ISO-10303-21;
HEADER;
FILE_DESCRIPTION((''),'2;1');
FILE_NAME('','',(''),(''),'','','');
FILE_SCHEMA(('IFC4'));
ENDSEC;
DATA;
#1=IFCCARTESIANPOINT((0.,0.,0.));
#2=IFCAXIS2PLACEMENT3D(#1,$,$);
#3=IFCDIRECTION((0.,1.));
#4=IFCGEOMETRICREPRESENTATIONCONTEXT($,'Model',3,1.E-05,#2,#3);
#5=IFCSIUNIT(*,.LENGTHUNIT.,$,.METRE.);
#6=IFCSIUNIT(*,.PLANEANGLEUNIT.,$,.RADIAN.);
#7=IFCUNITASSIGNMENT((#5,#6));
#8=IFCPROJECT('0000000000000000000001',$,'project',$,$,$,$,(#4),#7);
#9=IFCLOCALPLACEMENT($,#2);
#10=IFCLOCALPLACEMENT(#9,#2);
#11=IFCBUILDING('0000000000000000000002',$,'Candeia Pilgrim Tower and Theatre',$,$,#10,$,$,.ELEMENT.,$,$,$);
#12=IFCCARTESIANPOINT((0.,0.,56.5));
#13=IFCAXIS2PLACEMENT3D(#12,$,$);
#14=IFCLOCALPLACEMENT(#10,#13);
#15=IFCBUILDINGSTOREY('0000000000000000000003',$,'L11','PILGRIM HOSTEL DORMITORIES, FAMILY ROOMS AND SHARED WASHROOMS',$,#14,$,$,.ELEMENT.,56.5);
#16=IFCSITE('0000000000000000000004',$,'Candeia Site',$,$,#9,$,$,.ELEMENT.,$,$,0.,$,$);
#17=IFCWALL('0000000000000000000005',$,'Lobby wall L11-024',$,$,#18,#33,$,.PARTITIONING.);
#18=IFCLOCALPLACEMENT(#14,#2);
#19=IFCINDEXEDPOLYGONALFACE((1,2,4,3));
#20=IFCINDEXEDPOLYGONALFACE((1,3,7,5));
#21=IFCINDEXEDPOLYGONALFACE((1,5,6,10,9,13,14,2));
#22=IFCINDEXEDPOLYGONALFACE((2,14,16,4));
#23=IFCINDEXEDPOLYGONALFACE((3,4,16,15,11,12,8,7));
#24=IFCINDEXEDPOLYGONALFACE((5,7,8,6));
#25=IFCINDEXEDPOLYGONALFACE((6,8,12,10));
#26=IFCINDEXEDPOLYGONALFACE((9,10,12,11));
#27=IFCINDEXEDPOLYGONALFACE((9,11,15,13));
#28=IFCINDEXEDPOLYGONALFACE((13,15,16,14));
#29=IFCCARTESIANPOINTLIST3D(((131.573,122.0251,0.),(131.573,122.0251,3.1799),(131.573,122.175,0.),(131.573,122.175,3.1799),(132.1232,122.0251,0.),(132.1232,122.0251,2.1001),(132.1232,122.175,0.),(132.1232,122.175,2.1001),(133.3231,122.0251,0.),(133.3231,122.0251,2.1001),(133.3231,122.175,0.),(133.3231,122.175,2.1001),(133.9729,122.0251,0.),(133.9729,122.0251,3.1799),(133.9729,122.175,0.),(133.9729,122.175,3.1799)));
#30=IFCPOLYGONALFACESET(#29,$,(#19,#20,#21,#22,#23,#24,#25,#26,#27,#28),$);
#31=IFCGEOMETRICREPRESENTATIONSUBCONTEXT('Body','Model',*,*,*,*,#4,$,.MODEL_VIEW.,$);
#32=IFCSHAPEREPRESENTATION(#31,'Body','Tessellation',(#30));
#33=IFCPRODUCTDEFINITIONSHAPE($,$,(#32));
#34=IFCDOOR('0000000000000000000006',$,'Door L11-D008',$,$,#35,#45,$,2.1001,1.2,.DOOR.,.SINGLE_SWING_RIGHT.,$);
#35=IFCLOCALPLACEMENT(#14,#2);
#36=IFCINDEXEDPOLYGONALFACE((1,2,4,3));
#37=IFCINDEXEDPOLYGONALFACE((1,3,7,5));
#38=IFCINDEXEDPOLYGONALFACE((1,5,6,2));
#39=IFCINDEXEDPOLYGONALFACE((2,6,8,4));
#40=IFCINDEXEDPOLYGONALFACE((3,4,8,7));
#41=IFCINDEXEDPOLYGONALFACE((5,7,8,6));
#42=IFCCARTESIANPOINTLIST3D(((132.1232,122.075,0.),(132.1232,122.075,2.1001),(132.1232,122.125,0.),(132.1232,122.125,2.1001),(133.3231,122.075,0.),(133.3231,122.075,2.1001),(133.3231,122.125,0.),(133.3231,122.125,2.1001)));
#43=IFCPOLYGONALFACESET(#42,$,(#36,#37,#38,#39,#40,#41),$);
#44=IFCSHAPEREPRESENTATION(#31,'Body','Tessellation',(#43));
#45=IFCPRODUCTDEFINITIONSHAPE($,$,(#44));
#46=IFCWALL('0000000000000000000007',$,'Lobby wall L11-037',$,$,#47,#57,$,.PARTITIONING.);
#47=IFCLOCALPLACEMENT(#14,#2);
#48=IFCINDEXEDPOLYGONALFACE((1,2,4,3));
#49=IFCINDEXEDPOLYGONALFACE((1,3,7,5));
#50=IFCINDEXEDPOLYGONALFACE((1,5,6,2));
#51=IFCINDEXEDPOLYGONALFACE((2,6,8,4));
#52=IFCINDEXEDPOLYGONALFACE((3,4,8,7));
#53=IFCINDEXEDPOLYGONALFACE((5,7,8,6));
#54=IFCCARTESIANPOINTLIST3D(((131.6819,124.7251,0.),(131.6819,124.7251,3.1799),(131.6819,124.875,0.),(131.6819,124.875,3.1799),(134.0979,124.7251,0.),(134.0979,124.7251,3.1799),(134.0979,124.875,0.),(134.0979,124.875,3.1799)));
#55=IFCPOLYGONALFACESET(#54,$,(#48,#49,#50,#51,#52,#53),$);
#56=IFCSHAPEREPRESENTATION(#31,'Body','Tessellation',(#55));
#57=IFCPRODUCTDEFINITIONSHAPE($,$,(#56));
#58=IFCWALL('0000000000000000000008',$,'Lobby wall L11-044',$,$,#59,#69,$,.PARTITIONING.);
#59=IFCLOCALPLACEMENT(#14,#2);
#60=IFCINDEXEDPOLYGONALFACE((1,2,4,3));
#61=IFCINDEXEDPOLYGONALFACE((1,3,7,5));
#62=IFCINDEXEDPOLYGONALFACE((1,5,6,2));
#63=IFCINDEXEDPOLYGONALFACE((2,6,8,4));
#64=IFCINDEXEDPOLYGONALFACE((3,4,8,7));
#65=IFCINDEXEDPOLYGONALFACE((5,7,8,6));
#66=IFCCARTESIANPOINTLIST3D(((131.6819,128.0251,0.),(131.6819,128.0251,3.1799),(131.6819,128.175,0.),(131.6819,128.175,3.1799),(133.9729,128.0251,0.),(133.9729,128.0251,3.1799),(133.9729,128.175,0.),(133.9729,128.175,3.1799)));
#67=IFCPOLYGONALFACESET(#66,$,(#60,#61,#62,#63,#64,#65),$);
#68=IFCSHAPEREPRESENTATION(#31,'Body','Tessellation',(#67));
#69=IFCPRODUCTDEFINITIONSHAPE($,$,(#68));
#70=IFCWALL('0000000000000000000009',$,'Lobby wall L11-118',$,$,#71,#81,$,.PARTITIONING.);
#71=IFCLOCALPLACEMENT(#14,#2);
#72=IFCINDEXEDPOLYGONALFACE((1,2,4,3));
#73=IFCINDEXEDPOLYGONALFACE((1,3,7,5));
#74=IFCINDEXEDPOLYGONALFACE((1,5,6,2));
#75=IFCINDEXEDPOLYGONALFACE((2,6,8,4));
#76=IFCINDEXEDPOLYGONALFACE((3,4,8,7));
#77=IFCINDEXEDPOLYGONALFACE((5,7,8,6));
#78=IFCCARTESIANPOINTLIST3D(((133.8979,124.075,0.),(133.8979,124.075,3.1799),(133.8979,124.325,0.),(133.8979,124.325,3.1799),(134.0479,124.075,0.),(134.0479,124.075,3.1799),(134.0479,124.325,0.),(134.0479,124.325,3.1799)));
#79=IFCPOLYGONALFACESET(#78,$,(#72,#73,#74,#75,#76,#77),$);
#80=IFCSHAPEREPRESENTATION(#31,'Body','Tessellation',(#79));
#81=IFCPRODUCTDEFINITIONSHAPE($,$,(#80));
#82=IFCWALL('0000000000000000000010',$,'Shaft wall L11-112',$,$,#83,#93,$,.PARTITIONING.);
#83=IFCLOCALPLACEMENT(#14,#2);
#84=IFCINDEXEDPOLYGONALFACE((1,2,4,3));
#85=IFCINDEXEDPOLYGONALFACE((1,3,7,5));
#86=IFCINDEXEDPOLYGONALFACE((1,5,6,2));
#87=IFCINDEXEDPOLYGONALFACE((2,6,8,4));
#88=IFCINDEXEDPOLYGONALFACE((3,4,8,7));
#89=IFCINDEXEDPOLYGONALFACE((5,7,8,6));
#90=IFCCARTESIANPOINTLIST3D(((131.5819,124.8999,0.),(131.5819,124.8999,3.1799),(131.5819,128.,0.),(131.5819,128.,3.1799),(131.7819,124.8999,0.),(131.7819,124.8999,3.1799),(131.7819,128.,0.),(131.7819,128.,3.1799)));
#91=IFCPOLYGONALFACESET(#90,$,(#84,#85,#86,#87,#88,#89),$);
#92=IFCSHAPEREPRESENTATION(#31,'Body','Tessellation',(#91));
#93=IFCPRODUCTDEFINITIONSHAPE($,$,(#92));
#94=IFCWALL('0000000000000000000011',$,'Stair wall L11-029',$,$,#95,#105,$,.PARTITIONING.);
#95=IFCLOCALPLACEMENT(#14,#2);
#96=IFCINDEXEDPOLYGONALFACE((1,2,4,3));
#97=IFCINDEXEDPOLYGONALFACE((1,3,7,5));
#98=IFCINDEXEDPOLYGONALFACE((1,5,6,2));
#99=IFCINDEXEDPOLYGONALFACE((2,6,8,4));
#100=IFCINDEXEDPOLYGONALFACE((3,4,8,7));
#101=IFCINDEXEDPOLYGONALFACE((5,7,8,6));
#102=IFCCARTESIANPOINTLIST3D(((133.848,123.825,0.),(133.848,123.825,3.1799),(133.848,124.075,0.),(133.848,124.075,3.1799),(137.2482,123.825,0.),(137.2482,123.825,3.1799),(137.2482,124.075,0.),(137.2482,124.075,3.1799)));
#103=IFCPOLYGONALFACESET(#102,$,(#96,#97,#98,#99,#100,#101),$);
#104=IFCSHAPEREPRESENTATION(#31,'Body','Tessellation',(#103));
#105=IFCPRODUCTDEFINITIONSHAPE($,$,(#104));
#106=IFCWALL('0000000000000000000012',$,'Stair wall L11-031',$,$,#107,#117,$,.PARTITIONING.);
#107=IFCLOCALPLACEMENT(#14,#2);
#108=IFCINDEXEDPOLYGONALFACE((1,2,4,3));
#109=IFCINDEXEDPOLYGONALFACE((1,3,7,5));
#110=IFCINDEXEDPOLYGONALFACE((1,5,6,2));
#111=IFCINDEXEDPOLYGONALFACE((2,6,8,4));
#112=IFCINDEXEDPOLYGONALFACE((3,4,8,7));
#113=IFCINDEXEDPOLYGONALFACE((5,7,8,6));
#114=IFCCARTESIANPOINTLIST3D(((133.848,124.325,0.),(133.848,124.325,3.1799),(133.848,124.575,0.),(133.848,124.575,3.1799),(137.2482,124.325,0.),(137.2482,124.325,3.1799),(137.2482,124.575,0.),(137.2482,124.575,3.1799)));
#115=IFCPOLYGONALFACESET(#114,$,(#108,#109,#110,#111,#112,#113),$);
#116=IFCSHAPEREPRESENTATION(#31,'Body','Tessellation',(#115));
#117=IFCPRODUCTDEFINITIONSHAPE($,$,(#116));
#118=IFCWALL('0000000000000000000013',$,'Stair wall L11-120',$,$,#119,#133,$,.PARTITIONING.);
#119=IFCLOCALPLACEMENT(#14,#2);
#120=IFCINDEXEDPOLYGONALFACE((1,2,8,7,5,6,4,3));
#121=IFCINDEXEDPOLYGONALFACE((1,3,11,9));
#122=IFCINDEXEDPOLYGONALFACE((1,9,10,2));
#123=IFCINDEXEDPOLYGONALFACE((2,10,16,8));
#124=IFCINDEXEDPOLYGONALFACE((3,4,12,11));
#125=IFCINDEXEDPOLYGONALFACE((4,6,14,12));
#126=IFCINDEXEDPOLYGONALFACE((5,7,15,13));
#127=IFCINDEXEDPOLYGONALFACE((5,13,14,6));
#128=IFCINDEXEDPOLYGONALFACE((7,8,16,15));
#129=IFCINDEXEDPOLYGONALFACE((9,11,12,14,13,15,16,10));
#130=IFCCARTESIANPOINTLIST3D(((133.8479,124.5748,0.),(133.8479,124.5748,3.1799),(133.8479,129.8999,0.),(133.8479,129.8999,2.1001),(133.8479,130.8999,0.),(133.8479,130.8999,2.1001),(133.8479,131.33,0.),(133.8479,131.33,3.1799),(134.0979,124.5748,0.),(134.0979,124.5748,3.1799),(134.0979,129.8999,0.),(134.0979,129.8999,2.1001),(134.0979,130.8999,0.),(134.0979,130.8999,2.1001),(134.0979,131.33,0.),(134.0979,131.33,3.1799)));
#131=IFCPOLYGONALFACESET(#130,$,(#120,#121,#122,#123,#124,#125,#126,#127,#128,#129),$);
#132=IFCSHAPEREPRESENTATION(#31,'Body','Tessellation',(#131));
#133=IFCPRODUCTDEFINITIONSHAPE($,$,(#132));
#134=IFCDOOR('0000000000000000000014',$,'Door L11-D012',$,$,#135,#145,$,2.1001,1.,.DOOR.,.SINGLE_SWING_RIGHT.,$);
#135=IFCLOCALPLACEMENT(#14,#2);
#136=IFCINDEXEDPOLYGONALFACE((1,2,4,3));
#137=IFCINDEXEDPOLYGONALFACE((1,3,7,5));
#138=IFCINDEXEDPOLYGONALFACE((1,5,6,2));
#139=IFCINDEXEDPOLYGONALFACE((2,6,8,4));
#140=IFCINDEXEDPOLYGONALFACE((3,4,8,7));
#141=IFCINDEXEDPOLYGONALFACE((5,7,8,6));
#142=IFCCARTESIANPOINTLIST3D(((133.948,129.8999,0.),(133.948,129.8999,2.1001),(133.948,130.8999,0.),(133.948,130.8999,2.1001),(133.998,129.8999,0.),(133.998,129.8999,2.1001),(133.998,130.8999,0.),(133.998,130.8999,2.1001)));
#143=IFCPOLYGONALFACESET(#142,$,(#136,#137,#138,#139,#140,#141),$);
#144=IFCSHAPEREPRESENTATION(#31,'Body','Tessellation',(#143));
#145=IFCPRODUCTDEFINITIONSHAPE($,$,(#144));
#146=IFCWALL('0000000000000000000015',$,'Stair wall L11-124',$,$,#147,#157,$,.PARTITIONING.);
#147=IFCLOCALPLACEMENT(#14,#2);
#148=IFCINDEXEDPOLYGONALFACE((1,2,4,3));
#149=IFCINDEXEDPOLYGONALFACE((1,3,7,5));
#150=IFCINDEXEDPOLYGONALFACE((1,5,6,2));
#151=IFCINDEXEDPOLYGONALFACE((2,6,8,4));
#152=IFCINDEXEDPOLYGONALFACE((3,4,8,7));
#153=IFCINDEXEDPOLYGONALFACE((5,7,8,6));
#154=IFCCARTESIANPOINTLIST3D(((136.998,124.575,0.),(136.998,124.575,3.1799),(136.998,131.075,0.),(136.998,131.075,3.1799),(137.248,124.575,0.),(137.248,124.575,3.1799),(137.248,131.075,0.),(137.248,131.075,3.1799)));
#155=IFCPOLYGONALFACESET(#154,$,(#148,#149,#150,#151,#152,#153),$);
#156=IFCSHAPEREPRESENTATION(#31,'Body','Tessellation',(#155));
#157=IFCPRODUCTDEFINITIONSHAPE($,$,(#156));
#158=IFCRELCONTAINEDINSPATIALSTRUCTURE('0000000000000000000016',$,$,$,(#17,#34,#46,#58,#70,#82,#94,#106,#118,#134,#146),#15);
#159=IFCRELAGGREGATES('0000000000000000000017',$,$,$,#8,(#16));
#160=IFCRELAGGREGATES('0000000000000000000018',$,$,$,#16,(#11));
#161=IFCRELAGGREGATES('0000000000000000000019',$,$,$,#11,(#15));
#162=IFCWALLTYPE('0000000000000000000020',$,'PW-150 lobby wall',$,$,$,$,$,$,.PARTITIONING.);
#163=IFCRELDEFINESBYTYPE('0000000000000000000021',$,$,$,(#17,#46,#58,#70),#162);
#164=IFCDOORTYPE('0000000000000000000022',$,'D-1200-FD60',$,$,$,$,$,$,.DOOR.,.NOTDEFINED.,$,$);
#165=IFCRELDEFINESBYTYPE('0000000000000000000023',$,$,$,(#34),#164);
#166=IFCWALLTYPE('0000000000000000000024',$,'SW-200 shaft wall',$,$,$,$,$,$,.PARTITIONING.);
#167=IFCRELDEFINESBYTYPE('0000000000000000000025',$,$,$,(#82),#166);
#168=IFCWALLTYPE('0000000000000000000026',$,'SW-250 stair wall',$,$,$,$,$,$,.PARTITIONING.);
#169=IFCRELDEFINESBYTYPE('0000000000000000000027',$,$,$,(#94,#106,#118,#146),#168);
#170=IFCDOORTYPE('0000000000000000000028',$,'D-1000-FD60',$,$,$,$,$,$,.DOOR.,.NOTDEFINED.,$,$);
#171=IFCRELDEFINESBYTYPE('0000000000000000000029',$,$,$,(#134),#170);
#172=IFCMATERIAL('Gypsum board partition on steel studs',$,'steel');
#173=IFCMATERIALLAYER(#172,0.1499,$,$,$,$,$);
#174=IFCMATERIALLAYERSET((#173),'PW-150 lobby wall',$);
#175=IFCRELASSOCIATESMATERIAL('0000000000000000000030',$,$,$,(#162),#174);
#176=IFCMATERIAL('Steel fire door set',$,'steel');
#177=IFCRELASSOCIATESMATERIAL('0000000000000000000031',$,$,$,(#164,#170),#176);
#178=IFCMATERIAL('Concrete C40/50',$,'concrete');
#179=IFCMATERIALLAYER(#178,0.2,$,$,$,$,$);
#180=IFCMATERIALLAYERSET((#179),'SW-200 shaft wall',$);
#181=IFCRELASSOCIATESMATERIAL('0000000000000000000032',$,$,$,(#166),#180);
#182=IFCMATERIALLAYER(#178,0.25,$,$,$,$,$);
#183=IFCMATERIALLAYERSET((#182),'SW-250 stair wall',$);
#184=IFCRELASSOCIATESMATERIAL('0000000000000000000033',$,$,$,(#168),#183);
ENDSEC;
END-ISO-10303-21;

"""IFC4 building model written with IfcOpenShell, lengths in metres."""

from ifc_helpers import new_model, si_unit, direction, frame, frame_2d, origin, place, context, subcontext, project, spatial, rectangle, extrude, material, layer, layer_set, type_object, element, fill, save


model = new_model("IFC4")

# Units and contexts
model_context = context("Model", 3, precision=1e-05, world=origin(), true_north=direction((0.0, 1.0)))
body_context = subcontext(model_context, "Body", "Model", "MODEL_VIEW")
ifc_project = project(units=[si_unit("LENGTHUNIT", "METRE"), si_unit("PLANEANGLEUNIT", "RADIAN")], contexts=[model_context])

# Site, building, storey
site_placement = place(None, origin())
site = spatial("IfcSite", under=ifc_project, at=site_placement, Name="Candeia Site", CompositionType="ELEMENT", RefElevation=0.0)
building_placement = place(site_placement, origin())
building = spatial("IfcBuilding", under=site, at=building_placement, Name="Candeia Pilgrim Tower and Theatre", CompositionType="ELEMENT")
storey_placement = place(building_placement, frame((0.0, 0.0, 56.5)))
storey = spatial("IfcBuildingStorey", under=building, at=storey_placement, Name="L11", Description="PILGRIM HOSTEL DORMITORIES, FAMILY ROOMS AND SHARED WASHROOMS", CompositionType="ELEMENT", Elevation=56.5)

# Wall, opening, door
ifc_material_1 = material(Name="Gypsum board partition on steel studs", Category="steel")
ifc_layer_1 = layer(ifc_material_1, 0.1499)
ifc_layer_set_1 = layer_set([ifc_layer_1], Name="PW-150 lobby wall")
wall_type_1 = type_object("IfcWallType", Name="PW-150 lobby wall", PredefinedType="PARTITIONING", material=ifc_layer_set_1)
wall_1_placement = place(storey_placement, frame((131.573, 122.1001, 0.0), z_axis=(0.0, 0.0, 1.0), x_axis=(1.0, 0.0, 0.0)))
wall_1 = element("IfcWall", 1, at=wall_1_placement, inside=storey, type_object=wall_type_1, Name="Lobby wall L11-024", PredefinedType="PARTITIONING", context=body_context, shape_type="SweptSolid", body=[
    extrude(rectangle(XDim=2.3999, YDim=0.1499, at=frame_2d((1.2, 0.0))), origin(), (0.0, 0.0, 1.0), 3.1799),
])
opening_1_placement = place(wall_1_placement, frame((0.55, 0.0, 0.0)))
opening_1 = element("IfcOpeningElement", 2, at=opening_1_placement, cuts=wall_1, PredefinedType="OPENING", context=body_context, shape_type="SweptSolid", body=[
    extrude(rectangle(XDim=1.2, YDim=2.1001, at=frame_2d((0.6001, 1.05))), frame((0.0, 0.085, 0.0), z_axis=(0.0, -1.0, 0.0), x_axis=(1.0, 0.0, 0.0)), (0.0, 0.0, 1.0), 0.1699),
])
ifc_material_2 = material(Name="Steel fire door set", Category="steel")
door_type_1 = type_object("IfcDoorType", Name="D-1200-FD60", OperationType="NOTDEFINED", PredefinedType="DOOR", material=ifc_material_2)
door_1_placement = place(opening_1_placement, origin())
door_1 = element("IfcDoor", 3, at=door_1_placement, inside=storey, type_object=door_type_1, Name="Door L11-D008", OperationType="SINGLE_SWING_RIGHT", OverallHeight=2.1001, OverallWidth=1.2, PredefinedType="DOOR", context=body_context, shape_type="SweptSolid", body=[
    extrude(rectangle(XDim=1.2, YDim=2.1001, at=frame_2d((0.6001, 1.05))), frame((0.0, 0.0249, 0.0), z_axis=(0.0, -1.0, 0.0), x_axis=(1.0, 0.0, 0.0)), (0.0, 0.0, 1.0), 0.05),
])
fill(opening_1, door_1)

# Walls
wall_2_placement = place(storey_placement, frame((131.6819, 124.8, 0.0), z_axis=(0.0, 0.0, 1.0), x_axis=(1.0, 0.0, 0.0)))
element("IfcWall", 4, at=wall_2_placement, inside=storey, type_object=wall_type_1, Name="Lobby wall L11-037", PredefinedType="PARTITIONING", context=body_context, shape_type="SweptSolid", body=[
    extrude(rectangle(XDim=2.416, YDim=0.1499, at=frame_2d((1.208, 0.0))), origin(), (0.0, 0.0, 1.0), 3.1799),
])
wall_3_placement = place(storey_placement, frame((131.6819, 128.1001, 0.0), z_axis=(0.0, 0.0, 1.0), x_axis=(1.0, 0.0, 0.0)))
element("IfcWall", 5, at=wall_3_placement, inside=storey, type_object=wall_type_1, Name="Lobby wall L11-044", PredefinedType="PARTITIONING", context=body_context, shape_type="SweptSolid", body=[
    extrude(rectangle(XDim=2.291, YDim=0.1499, at=frame_2d((1.1455, 0.0))), origin(), (0.0, 0.0, 1.0), 3.1799),
])
wall_4_placement = place(storey_placement, frame((133.9729, 124.075, 0.0), z_axis=(0.0, 0.0, 1.0), x_axis=(0.0, 1.0, 0.0)))
element("IfcWall", 6, at=wall_4_placement, inside=storey, type_object=wall_type_1, Name="Lobby wall L11-118", PredefinedType="PARTITIONING", context=body_context, shape_type="SweptSolid", body=[
    extrude(rectangle(XDim=0.25, YDim=0.1499, at=frame_2d((0.125, 0.0))), origin(), (0.0, 0.0, 1.0), 3.1799),
])
ifc_material_3 = material(Name="Concrete C40/50", Category="concrete")
ifc_layer_2 = layer(ifc_material_3, 0.2)
ifc_layer_set_2 = layer_set([ifc_layer_2], Name="SW-200 shaft wall")
wall_type_2 = type_object("IfcWallType", Name="SW-200 shaft wall", PredefinedType="PARTITIONING", material=ifc_layer_set_2)
wall_5_placement = place(storey_placement, frame((131.6819, 124.8999, 0.0), z_axis=(0.0, 0.0, 1.0), x_axis=(0.0, 1.0, 0.0)))
element("IfcWall", 7, at=wall_5_placement, inside=storey, type_object=wall_type_2, Name="Shaft wall L11-112", PredefinedType="PARTITIONING", context=body_context, shape_type="SweptSolid", body=[
    extrude(rectangle(XDim=3.1001, YDim=0.2, at=frame_2d((1.55, 0.0))), origin(), (0.0, 0.0, 1.0), 3.1799),
])
ifc_layer_3 = layer(ifc_material_3, 0.25)
ifc_layer_set_3 = layer_set([ifc_layer_3], Name="SW-250 stair wall")
wall_type_3 = type_object("IfcWallType", Name="SW-250 stair wall", PredefinedType="PARTITIONING", material=ifc_layer_set_3)
for number, where, z_axis, x_axis, name in (
    (8, (133.8479, 123.95, 0.0), (0.0, 0.0, 1.0), (1.0, 0.0, 0.0), "Stair wall L11-029"),
    (9, (133.8479, 124.45, 0.0), (0.0, 0.0, 1.0), (1.0, 0.0, 0.0), "Stair wall L11-031"),
):
    element("IfcWall", number, at=place(storey_placement, frame(where, z_axis=z_axis, x_axis=x_axis)), inside=storey, type_object=wall_type_3, Name=name, PredefinedType="PARTITIONING", context=body_context, shape_type="SweptSolid", body=[
        extrude(rectangle(XDim=3.4001, YDim=0.25, at=frame_2d((1.7002, 0.0))), origin(), (0.0, 0.0, 1.0), 3.1799),
    ])

# Wall, opening, door
wall_6_placement = place(storey_placement, frame((133.9729, 124.575, 0.0), z_axis=(0.0, 0.0, 1.0), x_axis=(0.0, 1.0, 0.0)))
wall_6 = element("IfcWall", 10, at=wall_6_placement, inside=storey, type_object=wall_type_3, Name="Stair wall L11-120", PredefinedType="PARTITIONING", context=body_context, shape_type="SweptSolid", body=[
    extrude(rectangle(XDim=6.7551, YDim=0.25, at=frame_2d((3.3774, 0.0))), origin(), (0.0, 0.0, 1.0), 3.1799),
])
opening_2_placement = place(wall_6_placement, frame((5.325, 0.0, 0.0)))
opening_2 = element("IfcOpeningElement", 11, at=opening_2_placement, cuts=wall_6, PredefinedType="OPENING", context=body_context, shape_type="SweptSolid", body=[
    extrude(rectangle(XDim=1.0, YDim=2.1001, at=frame_2d((0.5, 1.05))), frame((0.0, 0.135, 0.0), z_axis=(0.0, -1.0, 0.0), x_axis=(1.0, 0.0, 0.0)), (0.0, 0.0, 1.0), 0.27),
])
door_type_2 = type_object("IfcDoorType", Name="D-1000-FD60", OperationType="NOTDEFINED", PredefinedType="DOOR", material=ifc_material_2)
door_2_placement = place(opening_2_placement, origin())
door_2 = element("IfcDoor", 12, at=door_2_placement, inside=storey, type_object=door_type_2, Name="Door L11-D012", OperationType="SINGLE_SWING_RIGHT", OverallHeight=2.1001, OverallWidth=1.0, PredefinedType="DOOR", context=body_context, shape_type="SweptSolid", body=[
    extrude(rectangle(XDim=1.0, YDim=2.1001, at=frame_2d((0.5, 1.05))), frame((0.0, 0.0249, 0.0), z_axis=(0.0, -1.0, 0.0), x_axis=(1.0, 0.0, 0.0)), (0.0, 0.0, 1.0), 0.05),
])
fill(opening_2, door_2)

# Wall
wall_7_placement = place(storey_placement, frame((137.123, 124.575, 0.0), z_axis=(0.0, 0.0, 1.0), x_axis=(0.0, 1.0, 0.0)))
element("IfcWall", 13, at=wall_7_placement, inside=storey, type_object=wall_type_3, Name="Stair wall L11-124", PredefinedType="PARTITIONING", context=body_context, shape_type="SweptSolid", body=[
    extrude(rectangle(XDim=6.5, YDim=0.25, at=frame_2d((3.25, 0.0))), origin(), (0.0, 0.0, 1.0), 3.1799),
])

save(model, "model.ifc")
